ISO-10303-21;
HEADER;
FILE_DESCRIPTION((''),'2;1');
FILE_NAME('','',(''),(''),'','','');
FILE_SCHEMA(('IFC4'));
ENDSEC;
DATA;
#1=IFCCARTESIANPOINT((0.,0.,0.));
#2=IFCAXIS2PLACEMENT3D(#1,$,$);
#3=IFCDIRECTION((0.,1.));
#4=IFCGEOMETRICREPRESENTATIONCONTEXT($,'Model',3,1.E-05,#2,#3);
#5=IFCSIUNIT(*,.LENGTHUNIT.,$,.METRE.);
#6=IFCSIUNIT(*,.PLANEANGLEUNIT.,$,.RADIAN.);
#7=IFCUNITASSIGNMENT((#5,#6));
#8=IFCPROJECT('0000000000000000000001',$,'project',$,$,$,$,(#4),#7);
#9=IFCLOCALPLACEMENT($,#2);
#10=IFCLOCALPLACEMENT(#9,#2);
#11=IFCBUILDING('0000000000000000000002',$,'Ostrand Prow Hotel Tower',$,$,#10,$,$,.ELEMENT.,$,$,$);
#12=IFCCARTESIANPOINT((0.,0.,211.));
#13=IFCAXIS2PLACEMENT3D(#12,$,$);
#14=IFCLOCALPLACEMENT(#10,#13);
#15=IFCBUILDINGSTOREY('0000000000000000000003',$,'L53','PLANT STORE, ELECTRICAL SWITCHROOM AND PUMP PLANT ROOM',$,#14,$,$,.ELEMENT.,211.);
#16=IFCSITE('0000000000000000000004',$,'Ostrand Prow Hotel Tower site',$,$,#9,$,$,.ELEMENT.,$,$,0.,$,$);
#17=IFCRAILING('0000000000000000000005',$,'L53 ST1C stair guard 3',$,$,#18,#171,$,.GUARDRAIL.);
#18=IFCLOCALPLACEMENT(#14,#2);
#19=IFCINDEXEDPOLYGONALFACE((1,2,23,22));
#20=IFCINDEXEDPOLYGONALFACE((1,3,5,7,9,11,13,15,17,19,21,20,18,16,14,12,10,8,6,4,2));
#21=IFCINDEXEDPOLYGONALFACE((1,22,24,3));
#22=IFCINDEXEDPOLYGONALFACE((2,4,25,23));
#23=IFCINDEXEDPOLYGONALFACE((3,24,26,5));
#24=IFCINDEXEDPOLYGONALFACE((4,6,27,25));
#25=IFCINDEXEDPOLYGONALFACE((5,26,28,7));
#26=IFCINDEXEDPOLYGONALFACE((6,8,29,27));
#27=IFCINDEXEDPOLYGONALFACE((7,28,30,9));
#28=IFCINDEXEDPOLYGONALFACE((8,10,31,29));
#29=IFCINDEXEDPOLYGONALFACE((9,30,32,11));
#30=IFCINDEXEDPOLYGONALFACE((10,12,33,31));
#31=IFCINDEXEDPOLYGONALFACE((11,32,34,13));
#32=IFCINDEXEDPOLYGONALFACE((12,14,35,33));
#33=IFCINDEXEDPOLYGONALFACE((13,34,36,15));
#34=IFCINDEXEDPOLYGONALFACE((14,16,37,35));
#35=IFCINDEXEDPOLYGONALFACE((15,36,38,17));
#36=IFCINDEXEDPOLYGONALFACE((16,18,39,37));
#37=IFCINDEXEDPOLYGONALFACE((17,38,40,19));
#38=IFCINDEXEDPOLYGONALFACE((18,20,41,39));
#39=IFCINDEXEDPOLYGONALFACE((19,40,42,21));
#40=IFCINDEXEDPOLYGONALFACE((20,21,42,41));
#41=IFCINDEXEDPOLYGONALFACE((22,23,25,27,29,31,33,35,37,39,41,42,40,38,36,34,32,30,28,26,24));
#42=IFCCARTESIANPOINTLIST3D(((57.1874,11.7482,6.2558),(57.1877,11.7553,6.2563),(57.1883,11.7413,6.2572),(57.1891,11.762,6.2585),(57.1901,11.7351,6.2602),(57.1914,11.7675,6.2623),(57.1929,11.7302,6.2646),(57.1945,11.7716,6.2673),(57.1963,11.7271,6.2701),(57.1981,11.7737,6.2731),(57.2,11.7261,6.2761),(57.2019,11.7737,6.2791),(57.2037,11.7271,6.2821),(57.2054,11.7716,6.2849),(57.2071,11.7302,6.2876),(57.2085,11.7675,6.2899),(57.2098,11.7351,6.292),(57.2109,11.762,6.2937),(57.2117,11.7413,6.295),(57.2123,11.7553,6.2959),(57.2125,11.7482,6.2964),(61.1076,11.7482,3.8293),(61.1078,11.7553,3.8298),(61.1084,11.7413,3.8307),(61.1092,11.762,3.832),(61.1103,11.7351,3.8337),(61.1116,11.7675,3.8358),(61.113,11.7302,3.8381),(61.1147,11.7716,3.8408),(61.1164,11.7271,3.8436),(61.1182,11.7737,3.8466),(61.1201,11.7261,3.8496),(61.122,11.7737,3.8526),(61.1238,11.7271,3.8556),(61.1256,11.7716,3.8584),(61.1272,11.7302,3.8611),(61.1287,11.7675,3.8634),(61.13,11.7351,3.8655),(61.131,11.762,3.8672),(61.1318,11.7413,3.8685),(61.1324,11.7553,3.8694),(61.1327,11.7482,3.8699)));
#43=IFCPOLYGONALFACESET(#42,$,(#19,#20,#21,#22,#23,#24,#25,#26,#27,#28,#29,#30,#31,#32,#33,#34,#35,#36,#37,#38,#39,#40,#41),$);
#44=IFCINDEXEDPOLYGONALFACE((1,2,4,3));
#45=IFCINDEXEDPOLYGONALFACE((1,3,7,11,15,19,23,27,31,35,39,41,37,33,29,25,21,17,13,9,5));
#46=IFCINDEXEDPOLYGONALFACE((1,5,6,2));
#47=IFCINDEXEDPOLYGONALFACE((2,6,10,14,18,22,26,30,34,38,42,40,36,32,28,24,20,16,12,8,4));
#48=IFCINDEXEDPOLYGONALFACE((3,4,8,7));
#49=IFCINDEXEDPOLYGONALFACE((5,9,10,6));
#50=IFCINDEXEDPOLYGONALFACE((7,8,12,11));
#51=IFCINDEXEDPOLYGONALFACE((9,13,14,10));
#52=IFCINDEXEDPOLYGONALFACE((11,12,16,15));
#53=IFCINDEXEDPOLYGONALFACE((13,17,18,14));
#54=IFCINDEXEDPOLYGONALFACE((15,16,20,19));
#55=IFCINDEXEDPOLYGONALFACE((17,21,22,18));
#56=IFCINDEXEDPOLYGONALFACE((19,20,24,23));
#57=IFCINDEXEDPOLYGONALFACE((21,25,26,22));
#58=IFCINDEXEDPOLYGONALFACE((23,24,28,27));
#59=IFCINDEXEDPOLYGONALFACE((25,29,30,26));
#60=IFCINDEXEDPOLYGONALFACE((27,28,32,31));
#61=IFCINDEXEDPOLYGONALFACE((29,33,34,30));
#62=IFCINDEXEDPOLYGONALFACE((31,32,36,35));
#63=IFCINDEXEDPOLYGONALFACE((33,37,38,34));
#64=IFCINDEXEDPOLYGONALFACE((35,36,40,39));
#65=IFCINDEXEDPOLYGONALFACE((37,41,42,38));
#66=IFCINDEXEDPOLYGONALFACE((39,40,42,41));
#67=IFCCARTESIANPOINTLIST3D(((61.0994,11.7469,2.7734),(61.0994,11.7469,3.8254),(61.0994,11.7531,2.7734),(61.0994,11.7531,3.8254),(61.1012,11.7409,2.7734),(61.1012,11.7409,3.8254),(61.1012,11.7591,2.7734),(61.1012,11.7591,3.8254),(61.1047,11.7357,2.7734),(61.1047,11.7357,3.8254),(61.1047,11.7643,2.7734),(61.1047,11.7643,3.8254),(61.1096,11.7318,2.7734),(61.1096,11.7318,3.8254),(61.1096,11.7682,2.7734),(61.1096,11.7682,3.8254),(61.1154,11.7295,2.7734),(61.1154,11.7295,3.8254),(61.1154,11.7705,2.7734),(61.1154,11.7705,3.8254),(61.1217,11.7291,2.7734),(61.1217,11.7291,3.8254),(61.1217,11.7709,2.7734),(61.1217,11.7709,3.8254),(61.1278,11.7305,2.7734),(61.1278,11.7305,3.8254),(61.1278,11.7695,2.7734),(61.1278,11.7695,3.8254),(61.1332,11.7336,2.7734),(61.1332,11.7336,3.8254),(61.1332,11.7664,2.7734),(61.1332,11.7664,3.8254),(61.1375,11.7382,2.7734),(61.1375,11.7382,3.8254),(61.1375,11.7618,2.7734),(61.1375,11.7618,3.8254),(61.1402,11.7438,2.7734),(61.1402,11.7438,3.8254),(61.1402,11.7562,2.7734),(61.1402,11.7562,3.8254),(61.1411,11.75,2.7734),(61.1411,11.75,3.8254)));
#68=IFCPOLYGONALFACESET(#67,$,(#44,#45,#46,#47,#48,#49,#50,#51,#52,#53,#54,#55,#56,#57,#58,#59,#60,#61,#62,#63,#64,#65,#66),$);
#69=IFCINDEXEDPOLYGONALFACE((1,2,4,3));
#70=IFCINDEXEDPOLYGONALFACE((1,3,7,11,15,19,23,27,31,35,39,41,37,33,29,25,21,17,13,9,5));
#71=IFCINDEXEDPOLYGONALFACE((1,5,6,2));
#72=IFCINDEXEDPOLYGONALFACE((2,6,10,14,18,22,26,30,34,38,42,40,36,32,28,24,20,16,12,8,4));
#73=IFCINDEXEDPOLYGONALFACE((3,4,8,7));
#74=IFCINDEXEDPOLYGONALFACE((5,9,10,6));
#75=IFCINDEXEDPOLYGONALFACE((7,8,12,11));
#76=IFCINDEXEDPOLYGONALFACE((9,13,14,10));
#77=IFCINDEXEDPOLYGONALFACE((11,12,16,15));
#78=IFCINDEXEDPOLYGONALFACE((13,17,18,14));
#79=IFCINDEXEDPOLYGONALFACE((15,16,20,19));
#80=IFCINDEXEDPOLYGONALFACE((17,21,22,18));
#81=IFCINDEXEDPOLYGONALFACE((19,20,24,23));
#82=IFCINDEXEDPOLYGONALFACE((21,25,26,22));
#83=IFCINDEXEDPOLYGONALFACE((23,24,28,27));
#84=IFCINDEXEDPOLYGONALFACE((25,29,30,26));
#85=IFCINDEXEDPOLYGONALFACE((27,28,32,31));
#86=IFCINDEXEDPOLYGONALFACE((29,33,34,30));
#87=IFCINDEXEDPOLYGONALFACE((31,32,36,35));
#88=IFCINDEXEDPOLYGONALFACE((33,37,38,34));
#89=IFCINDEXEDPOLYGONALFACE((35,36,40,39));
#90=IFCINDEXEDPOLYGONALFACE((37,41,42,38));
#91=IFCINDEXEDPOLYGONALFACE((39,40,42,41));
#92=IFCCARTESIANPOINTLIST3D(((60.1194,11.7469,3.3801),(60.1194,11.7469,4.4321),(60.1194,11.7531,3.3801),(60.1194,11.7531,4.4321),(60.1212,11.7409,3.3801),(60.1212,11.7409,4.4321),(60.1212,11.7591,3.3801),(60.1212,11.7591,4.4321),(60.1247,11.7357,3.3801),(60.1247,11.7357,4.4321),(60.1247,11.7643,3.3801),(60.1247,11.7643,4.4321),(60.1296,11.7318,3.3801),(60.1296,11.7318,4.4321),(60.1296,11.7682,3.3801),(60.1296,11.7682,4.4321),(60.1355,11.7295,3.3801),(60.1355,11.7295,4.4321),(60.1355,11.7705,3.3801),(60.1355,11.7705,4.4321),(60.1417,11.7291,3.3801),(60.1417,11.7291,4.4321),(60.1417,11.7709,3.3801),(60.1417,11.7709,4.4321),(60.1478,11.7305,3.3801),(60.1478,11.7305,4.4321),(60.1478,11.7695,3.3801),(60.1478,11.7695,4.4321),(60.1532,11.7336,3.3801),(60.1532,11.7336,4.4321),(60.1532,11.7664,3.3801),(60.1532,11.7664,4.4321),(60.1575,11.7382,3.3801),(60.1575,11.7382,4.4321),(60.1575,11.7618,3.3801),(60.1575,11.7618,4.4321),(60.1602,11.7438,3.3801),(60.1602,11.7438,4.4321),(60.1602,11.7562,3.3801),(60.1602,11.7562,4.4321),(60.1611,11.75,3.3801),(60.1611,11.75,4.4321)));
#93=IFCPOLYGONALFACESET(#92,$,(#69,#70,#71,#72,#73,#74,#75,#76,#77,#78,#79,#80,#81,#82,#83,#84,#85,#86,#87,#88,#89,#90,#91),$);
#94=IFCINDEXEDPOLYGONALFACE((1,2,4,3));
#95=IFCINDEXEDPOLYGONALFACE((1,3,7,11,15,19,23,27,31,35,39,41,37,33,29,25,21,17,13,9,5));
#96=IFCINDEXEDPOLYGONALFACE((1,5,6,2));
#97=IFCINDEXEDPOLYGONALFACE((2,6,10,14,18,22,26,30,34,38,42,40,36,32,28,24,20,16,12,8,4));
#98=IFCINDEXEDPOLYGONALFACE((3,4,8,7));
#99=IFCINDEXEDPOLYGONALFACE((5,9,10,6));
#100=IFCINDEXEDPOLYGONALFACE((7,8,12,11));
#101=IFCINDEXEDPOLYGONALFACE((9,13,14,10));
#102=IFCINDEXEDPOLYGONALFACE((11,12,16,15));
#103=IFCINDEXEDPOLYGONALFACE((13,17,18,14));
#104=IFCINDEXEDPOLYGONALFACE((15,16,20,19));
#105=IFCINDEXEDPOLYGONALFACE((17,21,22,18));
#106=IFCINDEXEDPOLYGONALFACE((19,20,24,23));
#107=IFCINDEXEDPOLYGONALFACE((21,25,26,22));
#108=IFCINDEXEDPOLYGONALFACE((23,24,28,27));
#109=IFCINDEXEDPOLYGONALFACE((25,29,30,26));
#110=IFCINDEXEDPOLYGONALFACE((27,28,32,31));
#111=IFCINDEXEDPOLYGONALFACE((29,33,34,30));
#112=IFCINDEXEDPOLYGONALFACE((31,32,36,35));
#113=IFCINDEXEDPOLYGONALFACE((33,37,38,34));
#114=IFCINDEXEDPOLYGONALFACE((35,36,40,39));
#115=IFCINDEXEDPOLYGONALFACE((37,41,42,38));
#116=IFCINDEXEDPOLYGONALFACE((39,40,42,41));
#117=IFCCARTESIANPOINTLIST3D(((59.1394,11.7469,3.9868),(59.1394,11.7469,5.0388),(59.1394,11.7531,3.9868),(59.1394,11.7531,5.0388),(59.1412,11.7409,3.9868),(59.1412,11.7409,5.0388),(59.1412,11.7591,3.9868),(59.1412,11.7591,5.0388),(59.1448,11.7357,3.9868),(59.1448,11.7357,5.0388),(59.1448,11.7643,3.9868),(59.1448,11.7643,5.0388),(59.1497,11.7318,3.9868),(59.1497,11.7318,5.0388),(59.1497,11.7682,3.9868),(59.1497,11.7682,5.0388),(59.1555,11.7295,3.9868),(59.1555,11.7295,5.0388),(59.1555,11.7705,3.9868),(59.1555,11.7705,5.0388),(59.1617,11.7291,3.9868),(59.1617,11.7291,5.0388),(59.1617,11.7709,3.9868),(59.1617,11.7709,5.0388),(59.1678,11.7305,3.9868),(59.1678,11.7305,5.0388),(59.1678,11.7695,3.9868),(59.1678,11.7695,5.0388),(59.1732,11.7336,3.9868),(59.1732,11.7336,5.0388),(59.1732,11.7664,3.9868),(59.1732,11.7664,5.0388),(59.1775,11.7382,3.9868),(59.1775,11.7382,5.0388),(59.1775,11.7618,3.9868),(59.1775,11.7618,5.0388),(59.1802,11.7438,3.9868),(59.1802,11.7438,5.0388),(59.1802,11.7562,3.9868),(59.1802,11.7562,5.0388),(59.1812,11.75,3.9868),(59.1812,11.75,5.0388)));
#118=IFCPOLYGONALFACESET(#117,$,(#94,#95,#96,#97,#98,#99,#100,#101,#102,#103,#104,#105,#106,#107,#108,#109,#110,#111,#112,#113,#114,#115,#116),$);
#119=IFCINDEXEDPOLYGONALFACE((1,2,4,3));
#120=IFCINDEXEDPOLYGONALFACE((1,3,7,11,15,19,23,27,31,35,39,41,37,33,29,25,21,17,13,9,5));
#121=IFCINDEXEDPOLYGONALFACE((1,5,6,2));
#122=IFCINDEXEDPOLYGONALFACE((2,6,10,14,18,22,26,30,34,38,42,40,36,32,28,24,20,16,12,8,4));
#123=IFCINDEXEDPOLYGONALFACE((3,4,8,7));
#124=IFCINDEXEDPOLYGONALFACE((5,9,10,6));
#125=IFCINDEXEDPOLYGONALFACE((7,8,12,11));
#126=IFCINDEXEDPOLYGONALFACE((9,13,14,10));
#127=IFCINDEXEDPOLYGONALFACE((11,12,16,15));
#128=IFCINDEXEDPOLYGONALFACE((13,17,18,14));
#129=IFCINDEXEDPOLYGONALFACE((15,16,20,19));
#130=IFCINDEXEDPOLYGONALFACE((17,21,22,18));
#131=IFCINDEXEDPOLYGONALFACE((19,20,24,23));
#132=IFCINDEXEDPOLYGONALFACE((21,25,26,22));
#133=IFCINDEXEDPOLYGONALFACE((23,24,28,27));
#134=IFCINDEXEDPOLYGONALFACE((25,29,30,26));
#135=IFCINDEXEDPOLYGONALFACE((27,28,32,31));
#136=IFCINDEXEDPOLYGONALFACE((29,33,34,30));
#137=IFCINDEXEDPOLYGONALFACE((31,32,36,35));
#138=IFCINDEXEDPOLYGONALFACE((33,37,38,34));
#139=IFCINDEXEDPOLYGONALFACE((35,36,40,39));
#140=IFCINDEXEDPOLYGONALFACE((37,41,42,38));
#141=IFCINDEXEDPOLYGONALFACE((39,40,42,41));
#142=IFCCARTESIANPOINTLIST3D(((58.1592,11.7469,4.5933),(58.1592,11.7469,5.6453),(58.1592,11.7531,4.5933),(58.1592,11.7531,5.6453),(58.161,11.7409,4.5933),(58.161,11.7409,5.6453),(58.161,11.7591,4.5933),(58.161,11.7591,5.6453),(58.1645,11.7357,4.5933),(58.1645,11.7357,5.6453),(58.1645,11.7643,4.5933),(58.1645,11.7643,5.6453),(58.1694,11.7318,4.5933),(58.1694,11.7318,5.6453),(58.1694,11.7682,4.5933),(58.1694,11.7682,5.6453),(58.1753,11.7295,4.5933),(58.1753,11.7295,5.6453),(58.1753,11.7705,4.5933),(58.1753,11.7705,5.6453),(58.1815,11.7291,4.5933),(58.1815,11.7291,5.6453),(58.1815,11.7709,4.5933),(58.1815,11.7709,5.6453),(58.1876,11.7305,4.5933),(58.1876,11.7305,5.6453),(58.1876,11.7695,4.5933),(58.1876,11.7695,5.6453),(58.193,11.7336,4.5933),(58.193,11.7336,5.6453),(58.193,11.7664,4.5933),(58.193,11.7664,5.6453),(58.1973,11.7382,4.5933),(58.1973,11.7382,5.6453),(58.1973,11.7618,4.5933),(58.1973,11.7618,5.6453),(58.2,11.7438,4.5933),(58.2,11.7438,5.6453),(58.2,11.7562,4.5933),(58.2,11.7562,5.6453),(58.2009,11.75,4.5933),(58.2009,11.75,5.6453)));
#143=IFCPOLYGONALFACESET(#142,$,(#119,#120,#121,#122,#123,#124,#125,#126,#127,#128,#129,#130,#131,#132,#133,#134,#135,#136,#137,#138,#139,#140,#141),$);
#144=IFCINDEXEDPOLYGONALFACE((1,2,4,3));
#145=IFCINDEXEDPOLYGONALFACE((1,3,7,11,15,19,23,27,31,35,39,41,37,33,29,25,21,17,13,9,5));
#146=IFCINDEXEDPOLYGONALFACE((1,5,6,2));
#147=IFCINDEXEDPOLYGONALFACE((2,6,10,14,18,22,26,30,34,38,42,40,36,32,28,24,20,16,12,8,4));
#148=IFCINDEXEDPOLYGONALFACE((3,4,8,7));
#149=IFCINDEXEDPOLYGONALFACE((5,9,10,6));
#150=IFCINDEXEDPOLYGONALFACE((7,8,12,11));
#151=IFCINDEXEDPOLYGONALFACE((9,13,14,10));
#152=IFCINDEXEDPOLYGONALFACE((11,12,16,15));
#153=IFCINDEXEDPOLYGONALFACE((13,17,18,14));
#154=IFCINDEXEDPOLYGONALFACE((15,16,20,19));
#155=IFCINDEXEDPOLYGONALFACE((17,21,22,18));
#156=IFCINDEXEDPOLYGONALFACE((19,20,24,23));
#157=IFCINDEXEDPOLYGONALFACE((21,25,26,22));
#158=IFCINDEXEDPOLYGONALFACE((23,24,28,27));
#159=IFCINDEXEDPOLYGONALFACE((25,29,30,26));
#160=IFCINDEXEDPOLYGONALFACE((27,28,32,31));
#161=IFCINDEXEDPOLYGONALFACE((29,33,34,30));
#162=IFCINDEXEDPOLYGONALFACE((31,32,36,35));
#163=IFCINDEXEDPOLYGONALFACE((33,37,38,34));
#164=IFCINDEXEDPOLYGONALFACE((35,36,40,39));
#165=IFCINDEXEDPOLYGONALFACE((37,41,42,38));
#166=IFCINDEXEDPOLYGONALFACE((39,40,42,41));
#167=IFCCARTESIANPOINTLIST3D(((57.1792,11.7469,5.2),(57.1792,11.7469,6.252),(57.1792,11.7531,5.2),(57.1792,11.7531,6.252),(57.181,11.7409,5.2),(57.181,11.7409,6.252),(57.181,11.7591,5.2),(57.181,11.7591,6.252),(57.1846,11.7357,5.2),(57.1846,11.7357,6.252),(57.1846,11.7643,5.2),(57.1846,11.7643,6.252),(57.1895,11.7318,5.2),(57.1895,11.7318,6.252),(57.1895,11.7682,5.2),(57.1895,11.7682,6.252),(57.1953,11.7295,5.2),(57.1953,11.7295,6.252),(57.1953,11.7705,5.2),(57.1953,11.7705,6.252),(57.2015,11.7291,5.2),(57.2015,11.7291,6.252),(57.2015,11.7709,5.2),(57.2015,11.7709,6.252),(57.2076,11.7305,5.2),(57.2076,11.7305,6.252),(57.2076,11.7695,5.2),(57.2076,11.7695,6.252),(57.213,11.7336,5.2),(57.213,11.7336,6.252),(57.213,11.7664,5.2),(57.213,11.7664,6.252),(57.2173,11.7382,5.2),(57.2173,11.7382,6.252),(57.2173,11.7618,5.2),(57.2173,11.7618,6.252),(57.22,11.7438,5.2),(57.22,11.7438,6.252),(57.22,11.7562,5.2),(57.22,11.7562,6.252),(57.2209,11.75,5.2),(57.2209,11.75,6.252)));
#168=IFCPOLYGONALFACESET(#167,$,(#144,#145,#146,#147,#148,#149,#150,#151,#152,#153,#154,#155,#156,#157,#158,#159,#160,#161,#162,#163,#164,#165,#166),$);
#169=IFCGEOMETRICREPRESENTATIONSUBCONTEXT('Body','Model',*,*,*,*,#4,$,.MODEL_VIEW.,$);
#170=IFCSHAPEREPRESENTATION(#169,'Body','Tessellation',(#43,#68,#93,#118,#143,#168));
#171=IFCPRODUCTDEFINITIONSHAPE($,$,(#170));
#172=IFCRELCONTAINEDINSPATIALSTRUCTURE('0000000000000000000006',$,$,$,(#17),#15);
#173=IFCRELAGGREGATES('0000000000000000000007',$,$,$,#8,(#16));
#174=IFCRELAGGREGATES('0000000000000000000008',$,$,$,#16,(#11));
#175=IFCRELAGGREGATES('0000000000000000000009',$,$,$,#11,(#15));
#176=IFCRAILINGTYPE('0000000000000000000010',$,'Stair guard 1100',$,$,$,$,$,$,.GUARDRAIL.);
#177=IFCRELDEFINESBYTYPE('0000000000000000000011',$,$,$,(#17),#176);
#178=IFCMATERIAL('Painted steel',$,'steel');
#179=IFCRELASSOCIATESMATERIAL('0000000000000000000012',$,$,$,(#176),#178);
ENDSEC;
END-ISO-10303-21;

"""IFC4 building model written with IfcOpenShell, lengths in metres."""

from ifc_helpers import new_model, si_unit, direction, frame, origin, origin_2d, place, context, subcontext, project, spatial, circle, extrude, material, type_object, element, save


model = new_model("IFC4")

# Units and contexts
model_context = context("Model", 3, precision=1e-05, world=origin(), true_north=direction((0.0, 1.0)))
body_context = subcontext(model_context, "Body", "Model", "MODEL_VIEW")
ifc_project = project(units=[si_unit("LENGTHUNIT", "METRE"), si_unit("PLANEANGLEUNIT", "RADIAN")], contexts=[model_context])

# Site, building, storey
site_placement = place(None, origin())
site = spatial("IfcSite", under=ifc_project, at=site_placement, Name="Ostrand Prow Hotel Tower site", CompositionType="ELEMENT", RefElevation=0.0)
building_placement = place(site_placement, origin())
building = spatial("IfcBuilding", under=site, at=building_placement, Name="Ostrand Prow Hotel Tower", CompositionType="ELEMENT")
storey_placement = place(building_placement, frame((0.0, 0.0, 211.0)))
storey = spatial("IfcBuildingStorey", under=building, at=storey_placement, Name="L53", Description="PLANT STORE, ELECTRICAL SWITCHROOM AND PUMP PLANT ROOM", CompositionType="ELEMENT", Elevation=211.0)

# Railing
ifc_material_1 = material(Name="Painted steel", Category="steel")
railing_type_1 = type_object("IfcRailingType", Name="Stair guard 1100", PredefinedType="GUARDRAIL", material=ifc_material_1)
railing_1_placement = place(storey_placement, frame((61.1201, 11.75, 2.7734)))
element("IfcRailing", 1, at=railing_1_placement, inside=storey, type_object=railing_type_1, Name="L53 ST1C stair guard 3", PredefinedType="GUARDRAIL", context=body_context, shape_type="SweptSolid", body=[
    extrude(circle(Radius=0.0239, at=origin_2d()), frame((0.0, 0.0, 1.0762), z_axis=(-0.85029, 0.0, 0.526315), x_axis=(0.0, -1.0, 0.0)), (0.0, 0.0, 1.0), 4.6104),
    extrude(circle(Radius=0.021, at=origin_2d()), origin(), (0.0, 0.0, 1.0), 1.052),
    extrude(circle(Radius=0.021, at=origin_2d()), frame((-0.98, 0.0, 0.6067)), (0.0, 0.0, 1.0), 1.052),
    extrude(circle(Radius=0.021, at=origin_2d()), frame((-1.96, 0.0, 1.2134)), (0.0, 0.0, 1.0), 1.052),
    extrude(circle(Radius=0.021, at=origin_2d()), frame((-2.9402, 0.0, 1.8198)), (0.0, 0.0, 1.0), 1.052),
    extrude(circle(Radius=0.021, at=origin_2d()), frame((-3.9202, 0.0, 2.4265)), (0.0, 0.0, 1.0), 1.052),
])

save(model, "model.ifc")
